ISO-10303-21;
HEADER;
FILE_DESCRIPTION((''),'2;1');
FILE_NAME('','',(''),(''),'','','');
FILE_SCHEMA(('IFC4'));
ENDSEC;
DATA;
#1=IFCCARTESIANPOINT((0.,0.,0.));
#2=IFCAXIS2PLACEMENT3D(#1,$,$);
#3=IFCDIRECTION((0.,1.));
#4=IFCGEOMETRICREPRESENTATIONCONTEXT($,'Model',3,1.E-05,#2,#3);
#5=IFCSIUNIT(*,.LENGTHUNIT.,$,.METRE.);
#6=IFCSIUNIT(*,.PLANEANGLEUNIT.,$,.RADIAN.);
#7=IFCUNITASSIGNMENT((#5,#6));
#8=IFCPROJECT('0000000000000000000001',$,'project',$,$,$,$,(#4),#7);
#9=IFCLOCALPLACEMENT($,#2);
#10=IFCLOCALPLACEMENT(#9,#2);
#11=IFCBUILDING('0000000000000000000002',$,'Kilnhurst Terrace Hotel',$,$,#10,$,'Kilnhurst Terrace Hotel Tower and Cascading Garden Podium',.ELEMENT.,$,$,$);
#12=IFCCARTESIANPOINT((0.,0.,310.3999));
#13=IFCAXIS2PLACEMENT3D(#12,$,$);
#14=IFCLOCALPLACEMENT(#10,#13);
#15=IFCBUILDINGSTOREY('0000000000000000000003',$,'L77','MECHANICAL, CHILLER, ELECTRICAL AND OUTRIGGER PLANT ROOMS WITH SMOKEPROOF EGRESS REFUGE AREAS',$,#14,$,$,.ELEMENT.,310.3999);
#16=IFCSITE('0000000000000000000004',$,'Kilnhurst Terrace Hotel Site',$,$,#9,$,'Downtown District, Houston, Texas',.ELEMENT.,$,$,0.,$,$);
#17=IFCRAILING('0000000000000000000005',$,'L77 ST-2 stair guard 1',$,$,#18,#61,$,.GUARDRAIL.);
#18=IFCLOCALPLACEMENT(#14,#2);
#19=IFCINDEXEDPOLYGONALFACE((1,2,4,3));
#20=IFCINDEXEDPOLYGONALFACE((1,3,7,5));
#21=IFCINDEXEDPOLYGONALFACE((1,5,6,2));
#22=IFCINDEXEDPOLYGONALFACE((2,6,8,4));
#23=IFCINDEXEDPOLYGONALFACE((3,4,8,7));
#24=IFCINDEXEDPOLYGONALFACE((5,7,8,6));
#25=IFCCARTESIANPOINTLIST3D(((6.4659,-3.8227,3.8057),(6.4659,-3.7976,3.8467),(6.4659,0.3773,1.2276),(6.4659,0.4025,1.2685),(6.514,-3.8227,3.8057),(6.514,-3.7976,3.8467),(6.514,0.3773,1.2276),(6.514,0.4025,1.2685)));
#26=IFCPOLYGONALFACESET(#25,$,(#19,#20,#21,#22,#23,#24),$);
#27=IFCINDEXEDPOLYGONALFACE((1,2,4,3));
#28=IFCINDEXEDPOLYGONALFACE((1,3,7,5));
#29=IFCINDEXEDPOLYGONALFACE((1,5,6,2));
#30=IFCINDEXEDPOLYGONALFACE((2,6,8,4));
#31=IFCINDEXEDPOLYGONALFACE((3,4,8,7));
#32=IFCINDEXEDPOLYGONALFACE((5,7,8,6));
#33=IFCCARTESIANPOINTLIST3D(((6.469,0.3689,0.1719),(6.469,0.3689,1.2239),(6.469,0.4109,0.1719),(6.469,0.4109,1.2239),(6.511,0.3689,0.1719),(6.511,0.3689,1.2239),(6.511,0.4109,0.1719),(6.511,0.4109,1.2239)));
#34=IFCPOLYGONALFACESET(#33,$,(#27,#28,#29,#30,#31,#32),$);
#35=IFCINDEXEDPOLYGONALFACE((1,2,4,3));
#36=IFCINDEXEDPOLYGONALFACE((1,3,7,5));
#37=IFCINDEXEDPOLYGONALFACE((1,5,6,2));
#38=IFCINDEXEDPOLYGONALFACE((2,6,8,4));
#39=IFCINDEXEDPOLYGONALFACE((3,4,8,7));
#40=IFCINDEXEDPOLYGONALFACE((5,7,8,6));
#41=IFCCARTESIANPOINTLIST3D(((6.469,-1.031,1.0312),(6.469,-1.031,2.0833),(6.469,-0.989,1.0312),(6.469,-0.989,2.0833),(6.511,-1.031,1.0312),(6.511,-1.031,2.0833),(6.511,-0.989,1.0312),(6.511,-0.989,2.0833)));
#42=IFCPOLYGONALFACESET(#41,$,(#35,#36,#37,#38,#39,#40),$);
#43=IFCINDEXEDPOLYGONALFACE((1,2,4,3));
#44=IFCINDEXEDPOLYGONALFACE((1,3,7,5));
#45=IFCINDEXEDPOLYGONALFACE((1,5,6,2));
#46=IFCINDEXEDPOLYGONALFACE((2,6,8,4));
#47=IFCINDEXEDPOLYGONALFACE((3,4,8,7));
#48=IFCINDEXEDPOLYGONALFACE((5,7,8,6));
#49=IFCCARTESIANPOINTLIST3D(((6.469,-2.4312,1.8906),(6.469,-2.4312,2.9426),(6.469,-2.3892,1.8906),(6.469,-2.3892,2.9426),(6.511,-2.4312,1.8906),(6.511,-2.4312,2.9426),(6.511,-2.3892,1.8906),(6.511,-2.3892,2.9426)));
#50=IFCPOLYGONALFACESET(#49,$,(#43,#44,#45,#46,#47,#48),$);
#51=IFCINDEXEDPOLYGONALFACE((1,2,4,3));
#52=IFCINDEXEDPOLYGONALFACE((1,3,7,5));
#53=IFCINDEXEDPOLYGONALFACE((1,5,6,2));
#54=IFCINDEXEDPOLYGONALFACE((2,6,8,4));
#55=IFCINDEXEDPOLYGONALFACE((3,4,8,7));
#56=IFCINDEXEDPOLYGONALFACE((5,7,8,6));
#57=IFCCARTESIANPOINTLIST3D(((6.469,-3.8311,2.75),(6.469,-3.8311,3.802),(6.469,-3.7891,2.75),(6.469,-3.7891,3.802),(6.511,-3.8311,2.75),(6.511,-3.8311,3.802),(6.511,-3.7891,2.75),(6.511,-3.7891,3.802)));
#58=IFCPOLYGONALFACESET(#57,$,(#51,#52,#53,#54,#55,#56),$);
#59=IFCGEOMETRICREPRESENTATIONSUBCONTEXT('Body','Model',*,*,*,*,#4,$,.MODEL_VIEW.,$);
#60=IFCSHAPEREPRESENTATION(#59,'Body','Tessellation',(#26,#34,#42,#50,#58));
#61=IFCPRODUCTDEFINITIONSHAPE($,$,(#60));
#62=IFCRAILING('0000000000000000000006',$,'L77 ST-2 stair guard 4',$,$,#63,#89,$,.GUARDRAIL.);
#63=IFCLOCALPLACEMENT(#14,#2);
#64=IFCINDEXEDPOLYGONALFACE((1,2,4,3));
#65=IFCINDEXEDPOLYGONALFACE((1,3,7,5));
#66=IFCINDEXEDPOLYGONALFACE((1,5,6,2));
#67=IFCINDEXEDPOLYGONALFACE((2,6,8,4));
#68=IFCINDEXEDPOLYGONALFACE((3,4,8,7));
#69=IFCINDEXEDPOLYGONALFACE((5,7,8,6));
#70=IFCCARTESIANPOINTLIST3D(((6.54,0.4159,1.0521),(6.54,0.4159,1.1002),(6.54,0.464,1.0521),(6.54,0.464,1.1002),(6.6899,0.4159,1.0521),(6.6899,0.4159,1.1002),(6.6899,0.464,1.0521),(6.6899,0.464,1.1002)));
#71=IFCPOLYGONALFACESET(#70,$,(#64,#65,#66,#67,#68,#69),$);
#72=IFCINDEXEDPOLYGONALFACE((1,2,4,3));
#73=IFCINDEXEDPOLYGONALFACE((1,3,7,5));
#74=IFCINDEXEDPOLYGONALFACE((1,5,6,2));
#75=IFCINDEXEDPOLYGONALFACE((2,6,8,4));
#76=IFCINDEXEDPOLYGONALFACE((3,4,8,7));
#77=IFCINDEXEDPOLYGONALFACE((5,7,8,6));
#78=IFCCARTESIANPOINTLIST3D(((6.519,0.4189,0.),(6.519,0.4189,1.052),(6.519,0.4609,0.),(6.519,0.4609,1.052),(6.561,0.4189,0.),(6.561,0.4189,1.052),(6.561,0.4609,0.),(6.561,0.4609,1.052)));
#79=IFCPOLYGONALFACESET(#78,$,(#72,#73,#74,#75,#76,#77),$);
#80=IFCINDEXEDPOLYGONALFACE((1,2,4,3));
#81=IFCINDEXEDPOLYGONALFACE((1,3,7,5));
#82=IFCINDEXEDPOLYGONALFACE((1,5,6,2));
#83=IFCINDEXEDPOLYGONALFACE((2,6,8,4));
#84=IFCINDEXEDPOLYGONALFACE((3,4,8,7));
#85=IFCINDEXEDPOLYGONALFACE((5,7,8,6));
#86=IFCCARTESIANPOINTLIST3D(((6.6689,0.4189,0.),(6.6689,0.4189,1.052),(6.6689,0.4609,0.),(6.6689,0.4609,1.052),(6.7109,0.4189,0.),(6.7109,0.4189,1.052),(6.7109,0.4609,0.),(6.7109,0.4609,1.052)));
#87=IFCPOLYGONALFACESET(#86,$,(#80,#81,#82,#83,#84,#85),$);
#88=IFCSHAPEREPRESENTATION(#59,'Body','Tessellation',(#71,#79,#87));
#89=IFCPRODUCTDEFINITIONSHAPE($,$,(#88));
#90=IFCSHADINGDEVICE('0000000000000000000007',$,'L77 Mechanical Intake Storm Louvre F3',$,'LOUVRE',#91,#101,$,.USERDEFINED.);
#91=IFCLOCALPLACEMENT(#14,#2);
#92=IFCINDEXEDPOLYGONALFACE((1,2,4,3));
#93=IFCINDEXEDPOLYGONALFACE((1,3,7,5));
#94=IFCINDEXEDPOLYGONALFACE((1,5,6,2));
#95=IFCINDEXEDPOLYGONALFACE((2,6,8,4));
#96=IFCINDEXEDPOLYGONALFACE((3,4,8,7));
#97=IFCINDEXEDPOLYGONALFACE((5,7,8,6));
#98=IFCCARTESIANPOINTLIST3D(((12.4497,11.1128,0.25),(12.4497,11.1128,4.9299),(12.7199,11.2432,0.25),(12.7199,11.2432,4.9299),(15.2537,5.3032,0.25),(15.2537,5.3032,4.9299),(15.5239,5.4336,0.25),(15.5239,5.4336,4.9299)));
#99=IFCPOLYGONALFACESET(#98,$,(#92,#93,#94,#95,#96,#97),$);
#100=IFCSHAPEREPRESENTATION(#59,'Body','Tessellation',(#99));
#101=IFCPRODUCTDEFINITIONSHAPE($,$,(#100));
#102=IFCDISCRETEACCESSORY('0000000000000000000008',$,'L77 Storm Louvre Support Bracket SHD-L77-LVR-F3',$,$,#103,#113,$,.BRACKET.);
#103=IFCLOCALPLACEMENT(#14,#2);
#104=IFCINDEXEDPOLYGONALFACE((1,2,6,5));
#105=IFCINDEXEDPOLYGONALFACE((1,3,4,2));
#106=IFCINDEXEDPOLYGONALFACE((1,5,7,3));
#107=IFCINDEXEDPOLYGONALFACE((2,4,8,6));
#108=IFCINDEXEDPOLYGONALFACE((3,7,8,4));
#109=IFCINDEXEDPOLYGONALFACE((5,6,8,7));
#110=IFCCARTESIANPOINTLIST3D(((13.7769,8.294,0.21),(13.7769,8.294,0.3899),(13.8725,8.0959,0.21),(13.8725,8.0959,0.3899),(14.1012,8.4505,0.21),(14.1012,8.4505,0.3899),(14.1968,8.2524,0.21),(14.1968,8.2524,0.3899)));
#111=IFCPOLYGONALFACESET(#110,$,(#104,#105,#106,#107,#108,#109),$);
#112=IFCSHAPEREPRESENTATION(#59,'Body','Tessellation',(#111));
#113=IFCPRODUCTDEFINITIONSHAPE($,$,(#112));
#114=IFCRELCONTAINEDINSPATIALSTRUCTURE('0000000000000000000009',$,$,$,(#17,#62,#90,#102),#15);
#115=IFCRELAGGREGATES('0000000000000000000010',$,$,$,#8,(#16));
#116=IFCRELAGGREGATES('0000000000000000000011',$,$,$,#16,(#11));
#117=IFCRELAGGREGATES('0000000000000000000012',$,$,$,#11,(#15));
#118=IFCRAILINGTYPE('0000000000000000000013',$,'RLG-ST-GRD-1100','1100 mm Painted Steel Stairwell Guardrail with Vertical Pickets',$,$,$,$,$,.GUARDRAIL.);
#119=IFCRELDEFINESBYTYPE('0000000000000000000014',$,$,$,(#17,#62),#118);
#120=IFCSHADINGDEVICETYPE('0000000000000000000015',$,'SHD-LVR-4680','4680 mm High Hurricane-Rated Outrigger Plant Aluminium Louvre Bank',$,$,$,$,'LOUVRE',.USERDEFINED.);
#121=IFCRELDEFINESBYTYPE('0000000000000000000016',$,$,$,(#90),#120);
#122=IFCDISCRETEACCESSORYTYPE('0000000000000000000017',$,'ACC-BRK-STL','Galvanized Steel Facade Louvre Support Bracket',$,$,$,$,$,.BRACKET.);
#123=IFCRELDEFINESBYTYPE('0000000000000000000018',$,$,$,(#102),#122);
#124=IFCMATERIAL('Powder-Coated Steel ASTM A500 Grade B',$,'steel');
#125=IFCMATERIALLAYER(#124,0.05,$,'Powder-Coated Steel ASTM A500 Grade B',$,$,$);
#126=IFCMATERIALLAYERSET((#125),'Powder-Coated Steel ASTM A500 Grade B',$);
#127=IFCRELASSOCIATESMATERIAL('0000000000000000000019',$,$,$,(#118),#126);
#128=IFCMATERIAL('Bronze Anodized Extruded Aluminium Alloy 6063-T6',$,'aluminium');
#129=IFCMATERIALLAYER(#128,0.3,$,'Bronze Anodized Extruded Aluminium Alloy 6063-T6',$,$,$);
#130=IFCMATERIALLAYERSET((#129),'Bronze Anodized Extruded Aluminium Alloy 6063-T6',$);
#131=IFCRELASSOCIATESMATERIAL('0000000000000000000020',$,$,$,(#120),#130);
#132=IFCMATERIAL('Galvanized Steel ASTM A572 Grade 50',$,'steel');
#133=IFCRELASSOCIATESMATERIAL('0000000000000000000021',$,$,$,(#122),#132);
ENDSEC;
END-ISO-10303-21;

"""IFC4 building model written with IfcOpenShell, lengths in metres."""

from ifc_helpers import new_model, si_unit, direction, frame, origin, origin_2d, place, context, subcontext, project, spatial, rectangle, extrude, material, layer, layer_set, type_object, element, save


model = new_model("IFC4")

# Units and contexts
model_context = context("Model", 3, precision=1e-05, world=origin(), true_north=direction((0.0, 1.0)))
body_context = subcontext(model_context, "Body", "Model", "MODEL_VIEW")
ifc_project = project(units=[si_unit("LENGTHUNIT", "METRE"), si_unit("PLANEANGLEUNIT", "RADIAN")], contexts=[model_context])

# Site, building, storey
site_placement = place(None, origin())
site = spatial("IfcSite", under=ifc_project, at=site_placement, Name="Kilnhurst Terrace Hotel Site", LongName="Downtown District, Houston, Texas", CompositionType="ELEMENT", RefElevation=0.0)
building_placement = place(site_placement, origin())
building = spatial("IfcBuilding", under=site, at=building_placement, Name="Kilnhurst Terrace Hotel", LongName="Kilnhurst Terrace Hotel Tower and Cascading Garden Podium", CompositionType="ELEMENT")
storey_placement = place(building_placement, frame((0.0, 0.0, 310.3999)))
storey = spatial("IfcBuildingStorey", under=building, at=storey_placement, Name="L77", Description="MECHANICAL, CHILLER, ELECTRICAL AND OUTRIGGER PLANT ROOMS WITH SMOKEPROOF EGRESS REFUGE AREAS", CompositionType="ELEMENT", Elevation=310.3999)

# Railings
ifc_material_1 = material(Name="Powder-Coated Steel ASTM A500 Grade B", Category="steel")
ifc_layer_1 = layer(ifc_material_1, 0.05, Name="Powder-Coated Steel ASTM A500 Grade B")
ifc_layer_set_1 = layer_set([ifc_layer_1], Name="Powder-Coated Steel ASTM A500 Grade B")
railing_type = type_object("IfcRailingType", Name="RLG-ST-GRD-1100", Description="1100 mm Painted Steel Stairwell Guardrail with Vertical Pickets", PredefinedType="GUARDRAIL", material=ifc_layer_set_1)
railing_1_placement = place(storey_placement, frame((6.49, 0.3899, 0.1719)))
element("IfcRailing", 1, at=railing_1_placement, inside=storey, type_object=railing_type, Name="L77 ST-2 stair guard 1", PredefinedType="GUARDRAIL", context=body_context, shape_type="SweptSolid", body=[
    extrude(rectangle(XDim=0.0481, YDim=0.0481, at=origin_2d()), frame((0.0, 0.0, 1.0762), z_axis=(0.0, -0.852243, 0.523146), x_axis=(1.0, 0.0, 0.0)), (0.0, 0.0, 1.0), 4.9282),
    extrude(rectangle(XDim=0.042, YDim=0.042, at=origin_2d()), origin(), (0.0, 0.0, 1.0), 1.052),
    extrude(rectangle(XDim=0.042, YDim=0.042, at=origin_2d()), frame((0.0, -1.3999, 0.8594)), (0.0, 0.0, 1.0), 1.052),
    extrude(rectangle(XDim=0.042, YDim=0.042, at=origin_2d()), frame((0.0, -2.8, 1.7188)), (0.0, 0.0, 1.0), 1.052),
    extrude(rectangle(XDim=0.042, YDim=0.042, at=origin_2d()), frame((0.0, -4.2, 2.5781)), (0.0, 0.0, 1.0), 1.052),
])
railing_2_placement = place(storey_placement, frame((6.54, 0.4399, 0.0)))
element("IfcRailing", 2, at=railing_2_placement, inside=storey, type_object=railing_type, Name="L77 ST-2 stair guard 4", PredefinedType="GUARDRAIL", context=body_context, shape_type="SweptSolid", body=[
    extrude(rectangle(XDim=0.0481, YDim=0.0481, at=origin_2d()), frame((0.0, 0.0, 1.0762), z_axis=(1.0, 0.0, 0.0), x_axis=(0.0, 1.0, 0.0)), (0.0, 0.0, 1.0), 0.1499),
    extrude(rectangle(XDim=0.042, YDim=0.042, at=origin_2d()), origin(), (0.0, 0.0, 1.0), 1.052),
    extrude(rectangle(XDim=0.042, YDim=0.042, at=origin_2d()), frame((0.1499, 0.0, 0.0)), (0.0, 0.0, 1.0), 1.052),
])

# Shading device
ifc_material_2 = material(Name="Bronze Anodized Extruded Aluminium Alloy 6063-T6", Category="aluminium")
ifc_layer_2 = layer(ifc_material_2, 0.3, Name="Bronze Anodized Extruded Aluminium Alloy 6063-T6")
ifc_layer_set_2 = layer_set([ifc_layer_2], Name="Bronze Anodized Extruded Aluminium Alloy 6063-T6")
shading_device_type = type_object("IfcShadingDeviceType", Name="SHD-LVR-4680", Description="4680 mm High Hurricane-Rated Outrigger Plant Aluminium Louvre Bank", ElementType="LOUVRE", PredefinedType="USERDEFINED", material=ifc_layer_set_2)
shading_device_placement = place(storey_placement, frame((13.9868, 8.2732, 0.25), z_axis=(0.0, 0.0, 1.0), x_axis=(-0.434665, 0.900592, 0.0)))
element("IfcShadingDevice", 3, at=shading_device_placement, inside=storey, type_object=shading_device_type, Name="L77 Mechanical Intake Storm Louvre F3", ObjectType="LOUVRE", PredefinedType="USERDEFINED", context=body_context, shape_type="SweptSolid", body=[
    extrude(rectangle(XDim=6.4509, YDim=0.3, at=origin_2d()), origin(), (0.0, 0.0, 1.0), 4.6799),
])

# Discrete accessory
ifc_material_3 = material(Name="Galvanized Steel ASTM A572 Grade 50", Category="steel")
discrete_accessory_type = type_object("IfcDiscreteAccessoryType", Name="ACC-BRK-STL", Description="Galvanized Steel Facade Louvre Support Bracket", PredefinedType="BRACKET", material=ifc_material_3)
discrete_accessory_placement = place(storey_placement, frame((13.9868, 8.2732, 0.21), z_axis=(0.0, 0.0, 1.0), x_axis=(-0.434665, 0.900592, 0.0)))
element("IfcDiscreteAccessory", 4, at=discrete_accessory_placement, inside=storey, type_object=discrete_accessory_type, Name="L77 Storm Louvre Support Bracket SHD-L77-LVR-F3", PredefinedType="BRACKET", context=body_context, shape_type="SweptSolid", body=[
    extrude(rectangle(XDim=0.22, YDim=0.3601, at=origin_2d()), origin(), (0.0, 0.0, 1.0), 0.1799),
])

save(model, "model.ifc")
